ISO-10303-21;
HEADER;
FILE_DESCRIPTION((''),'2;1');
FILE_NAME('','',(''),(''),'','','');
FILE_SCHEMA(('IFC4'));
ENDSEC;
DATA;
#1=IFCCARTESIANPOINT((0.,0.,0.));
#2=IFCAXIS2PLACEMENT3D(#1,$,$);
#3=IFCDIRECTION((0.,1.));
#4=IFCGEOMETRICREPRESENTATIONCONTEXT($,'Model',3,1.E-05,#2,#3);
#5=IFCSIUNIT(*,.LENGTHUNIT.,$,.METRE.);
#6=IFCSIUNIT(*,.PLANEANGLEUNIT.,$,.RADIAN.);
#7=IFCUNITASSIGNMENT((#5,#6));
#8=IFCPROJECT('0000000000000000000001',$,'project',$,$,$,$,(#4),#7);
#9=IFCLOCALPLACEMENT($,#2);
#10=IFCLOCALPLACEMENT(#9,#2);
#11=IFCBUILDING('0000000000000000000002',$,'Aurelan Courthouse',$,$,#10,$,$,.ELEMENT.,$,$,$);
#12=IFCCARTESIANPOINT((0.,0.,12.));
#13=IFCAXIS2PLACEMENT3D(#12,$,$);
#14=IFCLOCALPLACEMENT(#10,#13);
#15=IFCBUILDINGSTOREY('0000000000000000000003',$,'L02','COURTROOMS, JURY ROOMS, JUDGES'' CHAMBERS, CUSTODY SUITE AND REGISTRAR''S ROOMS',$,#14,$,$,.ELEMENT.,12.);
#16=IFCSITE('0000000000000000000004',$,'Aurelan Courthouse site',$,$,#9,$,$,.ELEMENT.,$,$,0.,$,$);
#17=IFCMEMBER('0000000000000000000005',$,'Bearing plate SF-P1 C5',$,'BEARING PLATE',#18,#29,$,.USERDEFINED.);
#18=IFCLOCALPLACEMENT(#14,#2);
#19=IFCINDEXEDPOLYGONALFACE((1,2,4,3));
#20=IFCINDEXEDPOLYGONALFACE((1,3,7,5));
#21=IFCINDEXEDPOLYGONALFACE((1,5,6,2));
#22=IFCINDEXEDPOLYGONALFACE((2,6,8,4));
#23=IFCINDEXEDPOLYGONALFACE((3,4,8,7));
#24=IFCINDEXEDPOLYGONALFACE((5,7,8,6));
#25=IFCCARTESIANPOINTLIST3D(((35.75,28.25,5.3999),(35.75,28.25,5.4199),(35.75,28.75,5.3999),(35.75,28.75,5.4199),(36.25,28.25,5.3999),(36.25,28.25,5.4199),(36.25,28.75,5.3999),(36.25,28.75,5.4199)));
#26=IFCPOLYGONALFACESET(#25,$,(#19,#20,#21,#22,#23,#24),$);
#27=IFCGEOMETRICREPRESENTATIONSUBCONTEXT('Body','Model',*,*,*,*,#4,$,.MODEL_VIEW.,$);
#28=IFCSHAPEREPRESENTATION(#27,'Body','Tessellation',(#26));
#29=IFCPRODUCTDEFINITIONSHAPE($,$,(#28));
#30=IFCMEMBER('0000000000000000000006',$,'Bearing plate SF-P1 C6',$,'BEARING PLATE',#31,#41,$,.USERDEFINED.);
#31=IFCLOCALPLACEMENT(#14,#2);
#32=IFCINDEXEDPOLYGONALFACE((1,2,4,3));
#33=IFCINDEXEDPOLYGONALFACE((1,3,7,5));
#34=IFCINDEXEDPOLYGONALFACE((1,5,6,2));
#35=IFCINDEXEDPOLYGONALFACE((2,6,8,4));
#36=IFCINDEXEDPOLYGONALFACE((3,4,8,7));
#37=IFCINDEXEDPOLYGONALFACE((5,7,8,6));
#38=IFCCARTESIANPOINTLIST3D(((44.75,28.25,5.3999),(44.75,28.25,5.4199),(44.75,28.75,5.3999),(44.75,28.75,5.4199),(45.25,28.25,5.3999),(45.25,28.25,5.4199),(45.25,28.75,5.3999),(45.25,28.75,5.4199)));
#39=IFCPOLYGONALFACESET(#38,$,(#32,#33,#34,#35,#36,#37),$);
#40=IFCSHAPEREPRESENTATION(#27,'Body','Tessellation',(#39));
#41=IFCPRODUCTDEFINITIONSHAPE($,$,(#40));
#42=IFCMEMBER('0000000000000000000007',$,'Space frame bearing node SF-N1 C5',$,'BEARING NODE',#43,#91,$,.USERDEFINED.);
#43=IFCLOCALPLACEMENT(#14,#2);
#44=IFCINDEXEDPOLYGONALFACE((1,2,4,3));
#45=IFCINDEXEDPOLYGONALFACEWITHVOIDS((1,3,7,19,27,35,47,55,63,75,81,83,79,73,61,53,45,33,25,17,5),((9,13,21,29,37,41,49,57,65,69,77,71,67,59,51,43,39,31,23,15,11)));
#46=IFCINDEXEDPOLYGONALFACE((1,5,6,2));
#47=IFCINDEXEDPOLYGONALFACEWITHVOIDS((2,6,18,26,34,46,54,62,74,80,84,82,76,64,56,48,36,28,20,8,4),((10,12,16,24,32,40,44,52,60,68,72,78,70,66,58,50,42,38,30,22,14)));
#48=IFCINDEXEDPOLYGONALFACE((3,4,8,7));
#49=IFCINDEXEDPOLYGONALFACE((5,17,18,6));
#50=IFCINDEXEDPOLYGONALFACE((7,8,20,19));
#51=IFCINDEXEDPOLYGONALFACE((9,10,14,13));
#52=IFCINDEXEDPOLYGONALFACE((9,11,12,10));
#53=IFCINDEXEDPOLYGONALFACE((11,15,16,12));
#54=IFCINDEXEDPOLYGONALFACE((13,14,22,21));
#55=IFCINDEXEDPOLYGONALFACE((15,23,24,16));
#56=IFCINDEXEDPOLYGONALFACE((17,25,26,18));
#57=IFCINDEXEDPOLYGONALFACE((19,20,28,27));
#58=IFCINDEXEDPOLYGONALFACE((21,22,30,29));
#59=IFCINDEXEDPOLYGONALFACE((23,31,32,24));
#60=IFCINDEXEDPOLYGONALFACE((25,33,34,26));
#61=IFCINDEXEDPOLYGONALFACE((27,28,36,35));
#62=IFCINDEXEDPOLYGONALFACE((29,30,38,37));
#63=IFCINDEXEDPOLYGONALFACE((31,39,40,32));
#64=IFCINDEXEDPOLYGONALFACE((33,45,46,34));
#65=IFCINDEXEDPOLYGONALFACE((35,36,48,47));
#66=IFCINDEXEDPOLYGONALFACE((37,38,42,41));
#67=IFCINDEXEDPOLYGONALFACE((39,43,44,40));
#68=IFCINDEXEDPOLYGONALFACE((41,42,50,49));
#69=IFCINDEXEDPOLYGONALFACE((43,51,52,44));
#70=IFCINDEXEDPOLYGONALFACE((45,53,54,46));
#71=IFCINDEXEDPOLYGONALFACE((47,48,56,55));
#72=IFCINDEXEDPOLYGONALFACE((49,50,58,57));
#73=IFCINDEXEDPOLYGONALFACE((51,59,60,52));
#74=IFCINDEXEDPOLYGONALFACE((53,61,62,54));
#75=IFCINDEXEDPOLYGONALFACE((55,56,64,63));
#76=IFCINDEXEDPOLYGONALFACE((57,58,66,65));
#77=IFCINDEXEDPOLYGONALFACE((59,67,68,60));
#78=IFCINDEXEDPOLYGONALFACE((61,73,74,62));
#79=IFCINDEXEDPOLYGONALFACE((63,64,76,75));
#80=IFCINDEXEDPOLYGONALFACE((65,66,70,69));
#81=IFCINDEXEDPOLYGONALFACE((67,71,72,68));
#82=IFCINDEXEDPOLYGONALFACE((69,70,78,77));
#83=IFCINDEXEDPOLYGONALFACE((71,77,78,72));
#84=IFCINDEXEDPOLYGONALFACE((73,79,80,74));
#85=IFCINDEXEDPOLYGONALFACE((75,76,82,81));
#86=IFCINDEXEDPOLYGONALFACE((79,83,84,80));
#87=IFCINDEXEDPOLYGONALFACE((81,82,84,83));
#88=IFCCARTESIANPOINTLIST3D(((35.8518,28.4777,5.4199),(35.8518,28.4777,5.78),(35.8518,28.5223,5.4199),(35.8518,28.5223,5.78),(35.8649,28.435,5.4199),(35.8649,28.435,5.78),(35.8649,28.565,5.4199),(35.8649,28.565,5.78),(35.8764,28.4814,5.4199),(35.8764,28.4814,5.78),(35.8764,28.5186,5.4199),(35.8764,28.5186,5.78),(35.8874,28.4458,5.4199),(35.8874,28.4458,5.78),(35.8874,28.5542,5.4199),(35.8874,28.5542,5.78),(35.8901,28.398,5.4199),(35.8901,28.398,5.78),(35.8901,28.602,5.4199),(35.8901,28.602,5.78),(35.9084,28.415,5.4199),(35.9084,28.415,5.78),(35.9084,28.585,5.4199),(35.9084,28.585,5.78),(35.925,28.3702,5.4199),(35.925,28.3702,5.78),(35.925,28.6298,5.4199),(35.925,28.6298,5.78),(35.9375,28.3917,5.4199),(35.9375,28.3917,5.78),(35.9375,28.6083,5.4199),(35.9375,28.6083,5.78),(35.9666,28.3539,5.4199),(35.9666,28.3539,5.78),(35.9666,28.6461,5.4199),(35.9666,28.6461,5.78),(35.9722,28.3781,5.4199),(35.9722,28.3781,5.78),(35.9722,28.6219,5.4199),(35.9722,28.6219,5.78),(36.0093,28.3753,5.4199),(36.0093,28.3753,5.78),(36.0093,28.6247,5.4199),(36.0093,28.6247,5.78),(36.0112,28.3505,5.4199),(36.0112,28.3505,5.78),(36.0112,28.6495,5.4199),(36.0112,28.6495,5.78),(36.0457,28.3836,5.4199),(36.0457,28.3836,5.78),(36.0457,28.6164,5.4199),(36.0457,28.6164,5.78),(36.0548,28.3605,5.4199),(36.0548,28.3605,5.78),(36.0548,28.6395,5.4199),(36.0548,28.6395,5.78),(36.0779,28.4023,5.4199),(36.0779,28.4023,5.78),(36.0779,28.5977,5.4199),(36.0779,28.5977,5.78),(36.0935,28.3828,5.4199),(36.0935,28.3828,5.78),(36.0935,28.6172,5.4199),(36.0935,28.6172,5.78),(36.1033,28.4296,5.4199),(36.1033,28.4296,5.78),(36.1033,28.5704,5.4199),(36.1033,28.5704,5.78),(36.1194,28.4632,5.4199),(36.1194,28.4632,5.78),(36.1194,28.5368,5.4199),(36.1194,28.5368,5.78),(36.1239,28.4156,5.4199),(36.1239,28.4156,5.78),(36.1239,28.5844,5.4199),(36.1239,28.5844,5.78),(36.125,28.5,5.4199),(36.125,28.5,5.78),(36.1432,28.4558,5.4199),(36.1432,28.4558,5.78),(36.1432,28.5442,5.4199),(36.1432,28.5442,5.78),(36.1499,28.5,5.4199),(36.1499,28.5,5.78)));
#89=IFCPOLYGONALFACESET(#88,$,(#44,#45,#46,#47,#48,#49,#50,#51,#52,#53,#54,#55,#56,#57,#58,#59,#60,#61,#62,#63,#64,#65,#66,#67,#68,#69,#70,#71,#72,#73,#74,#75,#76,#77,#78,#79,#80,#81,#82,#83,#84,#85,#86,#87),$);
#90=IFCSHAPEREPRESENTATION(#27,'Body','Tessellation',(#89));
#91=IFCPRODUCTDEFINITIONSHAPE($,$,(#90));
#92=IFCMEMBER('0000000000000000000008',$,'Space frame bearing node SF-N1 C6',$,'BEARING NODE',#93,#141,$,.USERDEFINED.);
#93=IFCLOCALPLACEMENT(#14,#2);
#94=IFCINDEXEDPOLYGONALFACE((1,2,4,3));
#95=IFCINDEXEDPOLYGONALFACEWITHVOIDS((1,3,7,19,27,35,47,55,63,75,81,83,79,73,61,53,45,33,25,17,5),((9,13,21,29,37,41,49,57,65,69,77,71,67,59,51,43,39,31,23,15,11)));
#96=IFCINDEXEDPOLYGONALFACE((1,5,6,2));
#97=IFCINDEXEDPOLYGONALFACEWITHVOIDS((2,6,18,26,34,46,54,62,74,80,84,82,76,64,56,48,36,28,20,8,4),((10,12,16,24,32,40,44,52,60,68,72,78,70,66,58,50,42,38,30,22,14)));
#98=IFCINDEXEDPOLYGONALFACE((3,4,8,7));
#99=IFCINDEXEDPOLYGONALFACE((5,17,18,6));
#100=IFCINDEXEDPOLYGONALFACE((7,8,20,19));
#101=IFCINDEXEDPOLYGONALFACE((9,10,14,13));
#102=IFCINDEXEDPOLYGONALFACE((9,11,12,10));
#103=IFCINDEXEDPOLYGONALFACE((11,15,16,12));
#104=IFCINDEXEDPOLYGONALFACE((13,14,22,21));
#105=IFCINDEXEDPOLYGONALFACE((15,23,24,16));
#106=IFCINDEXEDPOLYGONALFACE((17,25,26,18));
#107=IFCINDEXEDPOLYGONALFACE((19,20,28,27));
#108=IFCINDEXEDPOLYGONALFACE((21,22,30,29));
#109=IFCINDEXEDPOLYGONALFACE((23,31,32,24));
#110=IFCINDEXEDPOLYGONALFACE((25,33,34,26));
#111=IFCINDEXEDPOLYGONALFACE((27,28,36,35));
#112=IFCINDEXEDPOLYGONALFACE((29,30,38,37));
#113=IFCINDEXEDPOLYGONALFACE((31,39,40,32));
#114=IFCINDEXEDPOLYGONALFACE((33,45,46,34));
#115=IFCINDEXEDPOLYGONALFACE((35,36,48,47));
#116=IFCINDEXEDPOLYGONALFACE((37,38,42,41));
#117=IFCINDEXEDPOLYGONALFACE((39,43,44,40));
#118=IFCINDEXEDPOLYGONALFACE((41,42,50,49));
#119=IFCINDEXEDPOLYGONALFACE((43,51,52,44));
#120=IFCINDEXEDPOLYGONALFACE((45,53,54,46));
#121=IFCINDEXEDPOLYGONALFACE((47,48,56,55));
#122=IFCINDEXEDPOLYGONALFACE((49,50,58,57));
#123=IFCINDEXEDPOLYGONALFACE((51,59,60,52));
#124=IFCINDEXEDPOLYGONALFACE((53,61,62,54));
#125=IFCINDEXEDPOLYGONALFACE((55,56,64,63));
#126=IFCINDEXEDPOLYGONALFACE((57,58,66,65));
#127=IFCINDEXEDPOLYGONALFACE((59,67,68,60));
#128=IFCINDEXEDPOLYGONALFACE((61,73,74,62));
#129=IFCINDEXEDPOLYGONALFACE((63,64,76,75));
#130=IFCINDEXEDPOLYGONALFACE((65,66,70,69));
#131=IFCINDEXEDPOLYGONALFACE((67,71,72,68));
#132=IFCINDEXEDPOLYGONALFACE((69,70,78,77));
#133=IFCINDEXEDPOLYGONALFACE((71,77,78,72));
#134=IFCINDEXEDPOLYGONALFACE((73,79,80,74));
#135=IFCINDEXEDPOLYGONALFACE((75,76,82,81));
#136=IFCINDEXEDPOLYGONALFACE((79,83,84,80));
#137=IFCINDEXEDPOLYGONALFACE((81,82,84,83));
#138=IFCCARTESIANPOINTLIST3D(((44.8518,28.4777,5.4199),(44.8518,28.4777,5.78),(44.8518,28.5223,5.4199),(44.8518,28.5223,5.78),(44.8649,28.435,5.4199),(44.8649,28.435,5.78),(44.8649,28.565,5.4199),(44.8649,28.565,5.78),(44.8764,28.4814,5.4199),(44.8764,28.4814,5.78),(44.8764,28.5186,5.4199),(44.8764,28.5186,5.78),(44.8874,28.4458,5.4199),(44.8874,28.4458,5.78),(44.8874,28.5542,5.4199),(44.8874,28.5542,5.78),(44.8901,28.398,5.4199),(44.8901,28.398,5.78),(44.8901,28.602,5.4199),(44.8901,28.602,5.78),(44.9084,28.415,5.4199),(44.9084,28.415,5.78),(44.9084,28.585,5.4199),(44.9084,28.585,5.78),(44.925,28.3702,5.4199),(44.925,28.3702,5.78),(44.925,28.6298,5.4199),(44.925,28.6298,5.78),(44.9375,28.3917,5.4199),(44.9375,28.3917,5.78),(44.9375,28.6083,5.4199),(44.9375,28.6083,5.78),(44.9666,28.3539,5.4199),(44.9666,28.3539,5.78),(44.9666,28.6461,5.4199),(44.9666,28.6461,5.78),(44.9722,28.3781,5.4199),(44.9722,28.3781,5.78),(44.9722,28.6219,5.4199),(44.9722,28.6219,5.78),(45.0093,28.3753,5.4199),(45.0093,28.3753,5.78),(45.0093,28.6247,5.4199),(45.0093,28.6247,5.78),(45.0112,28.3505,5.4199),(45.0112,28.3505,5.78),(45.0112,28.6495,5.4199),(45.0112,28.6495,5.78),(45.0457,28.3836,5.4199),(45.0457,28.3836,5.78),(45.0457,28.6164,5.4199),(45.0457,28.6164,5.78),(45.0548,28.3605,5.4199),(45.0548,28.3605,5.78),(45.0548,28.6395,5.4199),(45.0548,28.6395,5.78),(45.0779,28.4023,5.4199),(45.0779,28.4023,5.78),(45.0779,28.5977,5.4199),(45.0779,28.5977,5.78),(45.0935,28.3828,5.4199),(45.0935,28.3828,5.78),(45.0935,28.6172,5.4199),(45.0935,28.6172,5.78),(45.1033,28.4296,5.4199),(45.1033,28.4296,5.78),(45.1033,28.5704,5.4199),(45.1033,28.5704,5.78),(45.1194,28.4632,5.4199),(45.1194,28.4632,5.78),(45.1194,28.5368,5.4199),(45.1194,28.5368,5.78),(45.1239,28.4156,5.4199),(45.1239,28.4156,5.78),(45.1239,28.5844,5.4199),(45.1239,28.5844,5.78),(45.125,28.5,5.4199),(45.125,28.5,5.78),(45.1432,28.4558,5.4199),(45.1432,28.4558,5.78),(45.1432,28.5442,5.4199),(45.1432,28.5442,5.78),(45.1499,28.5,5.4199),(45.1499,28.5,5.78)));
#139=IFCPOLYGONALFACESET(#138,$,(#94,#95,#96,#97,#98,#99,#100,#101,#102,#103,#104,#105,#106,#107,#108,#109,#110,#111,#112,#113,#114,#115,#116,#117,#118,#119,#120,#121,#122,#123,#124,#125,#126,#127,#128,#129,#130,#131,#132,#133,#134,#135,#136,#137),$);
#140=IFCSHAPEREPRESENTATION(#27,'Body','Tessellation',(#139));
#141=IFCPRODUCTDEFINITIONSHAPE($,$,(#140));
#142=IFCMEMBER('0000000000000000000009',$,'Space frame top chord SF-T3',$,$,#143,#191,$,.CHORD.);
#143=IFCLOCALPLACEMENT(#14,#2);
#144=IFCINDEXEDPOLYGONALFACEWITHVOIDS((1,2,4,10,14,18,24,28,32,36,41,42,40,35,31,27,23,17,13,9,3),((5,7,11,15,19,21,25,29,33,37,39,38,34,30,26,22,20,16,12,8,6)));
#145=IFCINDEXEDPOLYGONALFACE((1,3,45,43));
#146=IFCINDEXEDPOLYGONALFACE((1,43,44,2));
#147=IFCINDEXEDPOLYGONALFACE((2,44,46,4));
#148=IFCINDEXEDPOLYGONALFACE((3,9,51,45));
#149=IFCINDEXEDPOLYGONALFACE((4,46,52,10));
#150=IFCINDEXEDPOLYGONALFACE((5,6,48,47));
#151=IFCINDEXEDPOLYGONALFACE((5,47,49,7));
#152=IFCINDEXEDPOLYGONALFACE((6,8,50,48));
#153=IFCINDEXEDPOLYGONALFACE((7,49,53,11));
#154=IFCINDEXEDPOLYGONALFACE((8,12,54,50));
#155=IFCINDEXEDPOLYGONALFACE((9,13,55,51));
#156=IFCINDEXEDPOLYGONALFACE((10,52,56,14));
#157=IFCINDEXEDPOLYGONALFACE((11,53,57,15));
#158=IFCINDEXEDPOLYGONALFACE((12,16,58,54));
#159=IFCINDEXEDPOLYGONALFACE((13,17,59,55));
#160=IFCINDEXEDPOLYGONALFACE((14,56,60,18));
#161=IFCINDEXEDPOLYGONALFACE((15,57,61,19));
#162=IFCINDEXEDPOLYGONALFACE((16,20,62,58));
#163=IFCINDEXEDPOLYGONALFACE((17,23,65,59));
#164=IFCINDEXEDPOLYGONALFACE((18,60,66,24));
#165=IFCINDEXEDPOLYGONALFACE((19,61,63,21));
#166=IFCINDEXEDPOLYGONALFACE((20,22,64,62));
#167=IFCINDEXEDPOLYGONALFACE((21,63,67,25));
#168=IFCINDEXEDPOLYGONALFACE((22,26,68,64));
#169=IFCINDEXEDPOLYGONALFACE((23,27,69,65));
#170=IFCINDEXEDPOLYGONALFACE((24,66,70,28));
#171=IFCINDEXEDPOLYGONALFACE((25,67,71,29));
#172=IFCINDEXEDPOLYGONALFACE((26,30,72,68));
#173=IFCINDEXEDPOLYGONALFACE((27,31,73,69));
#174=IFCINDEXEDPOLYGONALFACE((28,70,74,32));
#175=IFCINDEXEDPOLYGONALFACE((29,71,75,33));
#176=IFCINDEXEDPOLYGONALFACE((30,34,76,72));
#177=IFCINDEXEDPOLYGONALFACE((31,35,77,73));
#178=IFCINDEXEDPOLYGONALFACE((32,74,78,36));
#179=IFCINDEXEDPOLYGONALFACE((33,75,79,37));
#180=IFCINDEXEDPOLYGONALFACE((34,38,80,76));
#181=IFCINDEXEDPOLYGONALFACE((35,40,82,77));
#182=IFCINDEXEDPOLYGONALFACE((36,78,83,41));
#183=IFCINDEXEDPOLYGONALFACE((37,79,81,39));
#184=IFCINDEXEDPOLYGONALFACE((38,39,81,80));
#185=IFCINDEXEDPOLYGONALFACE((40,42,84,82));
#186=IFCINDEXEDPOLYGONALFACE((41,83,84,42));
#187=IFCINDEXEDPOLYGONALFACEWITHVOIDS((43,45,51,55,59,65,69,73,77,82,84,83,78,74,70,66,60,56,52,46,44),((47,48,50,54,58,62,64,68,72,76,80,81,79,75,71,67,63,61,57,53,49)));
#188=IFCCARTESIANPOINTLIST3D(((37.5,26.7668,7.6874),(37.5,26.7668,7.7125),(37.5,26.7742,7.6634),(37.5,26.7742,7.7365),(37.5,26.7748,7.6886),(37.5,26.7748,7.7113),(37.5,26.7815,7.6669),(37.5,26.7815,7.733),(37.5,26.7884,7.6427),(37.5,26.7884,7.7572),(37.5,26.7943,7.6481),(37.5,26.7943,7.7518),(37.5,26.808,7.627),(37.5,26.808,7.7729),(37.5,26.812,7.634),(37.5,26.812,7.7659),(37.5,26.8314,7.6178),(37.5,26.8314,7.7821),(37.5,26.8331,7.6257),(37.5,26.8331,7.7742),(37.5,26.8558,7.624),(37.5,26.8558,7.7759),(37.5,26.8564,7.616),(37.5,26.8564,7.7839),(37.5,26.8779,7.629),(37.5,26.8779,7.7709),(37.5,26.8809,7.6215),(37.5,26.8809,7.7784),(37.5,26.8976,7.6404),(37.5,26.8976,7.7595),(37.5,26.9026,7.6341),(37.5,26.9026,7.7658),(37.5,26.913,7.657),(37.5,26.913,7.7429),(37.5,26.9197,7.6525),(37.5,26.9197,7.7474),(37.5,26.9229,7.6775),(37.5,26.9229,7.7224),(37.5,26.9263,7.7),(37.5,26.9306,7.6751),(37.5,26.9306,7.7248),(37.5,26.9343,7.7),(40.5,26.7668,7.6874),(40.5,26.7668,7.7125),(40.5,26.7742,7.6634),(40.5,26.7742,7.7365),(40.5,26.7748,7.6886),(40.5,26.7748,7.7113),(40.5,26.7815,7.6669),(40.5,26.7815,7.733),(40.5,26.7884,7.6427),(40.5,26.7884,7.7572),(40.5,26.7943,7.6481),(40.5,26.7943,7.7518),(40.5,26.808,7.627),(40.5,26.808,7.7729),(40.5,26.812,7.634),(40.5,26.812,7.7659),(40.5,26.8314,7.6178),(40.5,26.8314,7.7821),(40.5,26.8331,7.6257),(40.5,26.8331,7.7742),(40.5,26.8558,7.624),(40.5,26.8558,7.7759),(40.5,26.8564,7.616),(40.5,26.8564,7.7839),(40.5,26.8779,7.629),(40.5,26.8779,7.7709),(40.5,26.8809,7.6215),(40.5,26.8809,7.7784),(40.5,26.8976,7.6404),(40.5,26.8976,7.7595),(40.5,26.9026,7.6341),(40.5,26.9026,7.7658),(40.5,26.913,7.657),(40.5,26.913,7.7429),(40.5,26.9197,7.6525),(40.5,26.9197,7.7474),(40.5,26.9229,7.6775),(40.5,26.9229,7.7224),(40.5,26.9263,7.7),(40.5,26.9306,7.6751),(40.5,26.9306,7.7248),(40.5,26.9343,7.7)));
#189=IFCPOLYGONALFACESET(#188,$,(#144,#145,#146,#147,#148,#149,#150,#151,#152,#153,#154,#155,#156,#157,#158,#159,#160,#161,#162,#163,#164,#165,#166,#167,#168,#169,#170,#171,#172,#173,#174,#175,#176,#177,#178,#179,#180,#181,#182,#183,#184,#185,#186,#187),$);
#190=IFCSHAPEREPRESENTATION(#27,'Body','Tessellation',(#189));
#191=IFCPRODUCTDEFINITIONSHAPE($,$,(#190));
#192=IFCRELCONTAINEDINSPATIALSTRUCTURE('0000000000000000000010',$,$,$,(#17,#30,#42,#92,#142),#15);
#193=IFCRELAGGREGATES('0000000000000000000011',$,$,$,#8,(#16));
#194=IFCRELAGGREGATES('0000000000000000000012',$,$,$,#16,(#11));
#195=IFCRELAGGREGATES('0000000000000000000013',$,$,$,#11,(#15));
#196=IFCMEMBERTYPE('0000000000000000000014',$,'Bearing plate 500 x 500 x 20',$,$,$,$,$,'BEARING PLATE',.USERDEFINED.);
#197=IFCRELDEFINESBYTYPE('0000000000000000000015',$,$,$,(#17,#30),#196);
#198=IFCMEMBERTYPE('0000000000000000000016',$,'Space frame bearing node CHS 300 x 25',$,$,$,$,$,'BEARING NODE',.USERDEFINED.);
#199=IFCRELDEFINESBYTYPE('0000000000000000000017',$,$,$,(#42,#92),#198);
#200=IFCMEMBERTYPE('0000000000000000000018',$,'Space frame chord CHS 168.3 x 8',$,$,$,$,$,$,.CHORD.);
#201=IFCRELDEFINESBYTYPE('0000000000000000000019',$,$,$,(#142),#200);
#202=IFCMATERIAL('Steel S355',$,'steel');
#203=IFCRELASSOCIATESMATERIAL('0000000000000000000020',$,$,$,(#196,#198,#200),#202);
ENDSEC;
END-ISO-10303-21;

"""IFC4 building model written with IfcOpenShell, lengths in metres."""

from ifc_helpers import new_model, si_unit, direction, frame, origin, origin_2d, place, context, subcontext, project, spatial, rectangle, hollow_circle, extrude, material, material_profile, profile_set, type_object, element, save


model = new_model("IFC4")

# Units and contexts
model_context = context("Model", 3, precision=1e-05, world=origin(), true_north=direction((0.0, 1.0)))
body_context = subcontext(model_context, "Body", "Model", "MODEL_VIEW")
ifc_project = project(units=[si_unit("LENGTHUNIT", "METRE"), si_unit("PLANEANGLEUNIT", "RADIAN")], contexts=[model_context])

# Site, building, storey
site_placement = place(None, origin())
site = spatial("IfcSite", under=ifc_project, at=site_placement, Name="Aurelan Courthouse site", CompositionType="ELEMENT", RefElevation=0.0)
building_placement = place(site_placement, origin())
building = spatial("IfcBuilding", under=site, at=building_placement, Name="Aurelan Courthouse", CompositionType="ELEMENT")
storey_placement = place(building_placement, frame((0.0, 0.0, 12.0)))
storey = spatial("IfcBuildingStorey", under=building, at=storey_placement, Name="L02", Description="COURTROOMS, JURY ROOMS, JUDGES' CHAMBERS, CUSTODY SUITE AND REGISTRAR'S ROOMS", CompositionType="ELEMENT", Elevation=12.0)

# Members
ifc_material_1 = material(Name="Steel S355", Category="steel")
ifc_material_profile_1 = material_profile(ifc_material_1, rectangle(XDim=0.5, YDim=0.5, at=origin_2d()), Name="PL 500 x 500")
ifc_profile_set_1 = profile_set([ifc_material_profile_1], Name="Steel S355")
member_type_1 = type_object("IfcMemberType", Name="Bearing plate 500 x 500 x 20", ElementType="BEARING PLATE", PredefinedType="USERDEFINED", material=ifc_profile_set_1)
for number, where, z_axis, x_axis, name in (
    (1, (36.0, 28.5, 5.3999), (0.0, 0.0, 1.0), (1.0, 0.0, 0.0), "Bearing plate SF-P1 C5"),
    (2, (45.0, 28.5, 5.3999), (0.0, 0.0, 1.0), (1.0, 0.0, 0.0), "Bearing plate SF-P1 C6"),
):
    element("IfcMember", number, at=place(storey_placement, frame(where, z_axis=z_axis, x_axis=x_axis)), inside=storey, type_object=member_type_1, Name=name, ObjectType="BEARING PLATE", PredefinedType="USERDEFINED", context=body_context, shape_type="SweptSolid", body=[
        extrude(rectangle(XDim=0.5, YDim=0.5, at=origin_2d()), origin(), (0.0, 0.0, 1.0), 0.02),
    ])
ifc_material_profile_2 = material_profile(ifc_material_1, hollow_circle(Radius=0.1499, WallThickness=0.0249, at=origin_2d()), Name="CHS 300 x 25")
ifc_profile_set_2 = profile_set([ifc_material_profile_2], Name="Steel S355")
member_type_2 = type_object("IfcMemberType", Name="Space frame bearing node CHS 300 x 25", ElementType="BEARING NODE", PredefinedType="USERDEFINED", material=ifc_profile_set_2)
for number, where, z_axis, x_axis, name in (
    (3, (36.0, 28.5, 5.4199), (0.0, 0.0, 1.0), (1.0, 0.0, 0.0), "Space frame bearing node SF-N1 C5"),
    (4, (45.0, 28.5, 5.4199), (0.0, 0.0, 1.0), (1.0, 0.0, 0.0), "Space frame bearing node SF-N1 C6"),
):
    element("IfcMember", number, at=place(storey_placement, frame(where, z_axis=z_axis, x_axis=x_axis)), inside=storey, type_object=member_type_2, Name=name, ObjectType="BEARING NODE", PredefinedType="USERDEFINED", context=body_context, shape_type="SweptSolid", body=[
        extrude(hollow_circle(Radius=0.1499, WallThickness=0.0249, at=origin_2d()), origin(), (0.0, 0.0, 1.0), 0.3601),
    ])
ifc_material_profile_3 = material_profile(ifc_material_1, hollow_circle(Radius=0.0842, WallThickness=0.0081, at=origin_2d()), Name="CHS 168.3 x 8")
ifc_profile_set_3 = profile_set([ifc_material_profile_3], Name="Steel S355")
member_type_3 = type_object("IfcMemberType", Name="Space frame chord CHS 168.3 x 8", PredefinedType="CHORD", material=ifc_profile_set_3)
for number, where, z_axis, x_axis, name in (
    (5, (37.5, 26.8501, 7.7), (1.0, 0.0, 0.0), (0.0, 1.0, 0.0), "Space frame top chord SF-T3"),
):
    element("IfcMember", number, at=place(storey_placement, frame(where, z_axis=z_axis, x_axis=x_axis)), inside=storey, type_object=member_type_3, Name=name, PredefinedType="CHORD", context=body_context, shape_type="SweptSolid", body=[
        extrude(hollow_circle(Radius=0.0842, WallThickness=0.0081, at=origin_2d()), origin(), (0.0, 0.0, 1.0), 3.0),
    ])

save(model, "model.ifc")
